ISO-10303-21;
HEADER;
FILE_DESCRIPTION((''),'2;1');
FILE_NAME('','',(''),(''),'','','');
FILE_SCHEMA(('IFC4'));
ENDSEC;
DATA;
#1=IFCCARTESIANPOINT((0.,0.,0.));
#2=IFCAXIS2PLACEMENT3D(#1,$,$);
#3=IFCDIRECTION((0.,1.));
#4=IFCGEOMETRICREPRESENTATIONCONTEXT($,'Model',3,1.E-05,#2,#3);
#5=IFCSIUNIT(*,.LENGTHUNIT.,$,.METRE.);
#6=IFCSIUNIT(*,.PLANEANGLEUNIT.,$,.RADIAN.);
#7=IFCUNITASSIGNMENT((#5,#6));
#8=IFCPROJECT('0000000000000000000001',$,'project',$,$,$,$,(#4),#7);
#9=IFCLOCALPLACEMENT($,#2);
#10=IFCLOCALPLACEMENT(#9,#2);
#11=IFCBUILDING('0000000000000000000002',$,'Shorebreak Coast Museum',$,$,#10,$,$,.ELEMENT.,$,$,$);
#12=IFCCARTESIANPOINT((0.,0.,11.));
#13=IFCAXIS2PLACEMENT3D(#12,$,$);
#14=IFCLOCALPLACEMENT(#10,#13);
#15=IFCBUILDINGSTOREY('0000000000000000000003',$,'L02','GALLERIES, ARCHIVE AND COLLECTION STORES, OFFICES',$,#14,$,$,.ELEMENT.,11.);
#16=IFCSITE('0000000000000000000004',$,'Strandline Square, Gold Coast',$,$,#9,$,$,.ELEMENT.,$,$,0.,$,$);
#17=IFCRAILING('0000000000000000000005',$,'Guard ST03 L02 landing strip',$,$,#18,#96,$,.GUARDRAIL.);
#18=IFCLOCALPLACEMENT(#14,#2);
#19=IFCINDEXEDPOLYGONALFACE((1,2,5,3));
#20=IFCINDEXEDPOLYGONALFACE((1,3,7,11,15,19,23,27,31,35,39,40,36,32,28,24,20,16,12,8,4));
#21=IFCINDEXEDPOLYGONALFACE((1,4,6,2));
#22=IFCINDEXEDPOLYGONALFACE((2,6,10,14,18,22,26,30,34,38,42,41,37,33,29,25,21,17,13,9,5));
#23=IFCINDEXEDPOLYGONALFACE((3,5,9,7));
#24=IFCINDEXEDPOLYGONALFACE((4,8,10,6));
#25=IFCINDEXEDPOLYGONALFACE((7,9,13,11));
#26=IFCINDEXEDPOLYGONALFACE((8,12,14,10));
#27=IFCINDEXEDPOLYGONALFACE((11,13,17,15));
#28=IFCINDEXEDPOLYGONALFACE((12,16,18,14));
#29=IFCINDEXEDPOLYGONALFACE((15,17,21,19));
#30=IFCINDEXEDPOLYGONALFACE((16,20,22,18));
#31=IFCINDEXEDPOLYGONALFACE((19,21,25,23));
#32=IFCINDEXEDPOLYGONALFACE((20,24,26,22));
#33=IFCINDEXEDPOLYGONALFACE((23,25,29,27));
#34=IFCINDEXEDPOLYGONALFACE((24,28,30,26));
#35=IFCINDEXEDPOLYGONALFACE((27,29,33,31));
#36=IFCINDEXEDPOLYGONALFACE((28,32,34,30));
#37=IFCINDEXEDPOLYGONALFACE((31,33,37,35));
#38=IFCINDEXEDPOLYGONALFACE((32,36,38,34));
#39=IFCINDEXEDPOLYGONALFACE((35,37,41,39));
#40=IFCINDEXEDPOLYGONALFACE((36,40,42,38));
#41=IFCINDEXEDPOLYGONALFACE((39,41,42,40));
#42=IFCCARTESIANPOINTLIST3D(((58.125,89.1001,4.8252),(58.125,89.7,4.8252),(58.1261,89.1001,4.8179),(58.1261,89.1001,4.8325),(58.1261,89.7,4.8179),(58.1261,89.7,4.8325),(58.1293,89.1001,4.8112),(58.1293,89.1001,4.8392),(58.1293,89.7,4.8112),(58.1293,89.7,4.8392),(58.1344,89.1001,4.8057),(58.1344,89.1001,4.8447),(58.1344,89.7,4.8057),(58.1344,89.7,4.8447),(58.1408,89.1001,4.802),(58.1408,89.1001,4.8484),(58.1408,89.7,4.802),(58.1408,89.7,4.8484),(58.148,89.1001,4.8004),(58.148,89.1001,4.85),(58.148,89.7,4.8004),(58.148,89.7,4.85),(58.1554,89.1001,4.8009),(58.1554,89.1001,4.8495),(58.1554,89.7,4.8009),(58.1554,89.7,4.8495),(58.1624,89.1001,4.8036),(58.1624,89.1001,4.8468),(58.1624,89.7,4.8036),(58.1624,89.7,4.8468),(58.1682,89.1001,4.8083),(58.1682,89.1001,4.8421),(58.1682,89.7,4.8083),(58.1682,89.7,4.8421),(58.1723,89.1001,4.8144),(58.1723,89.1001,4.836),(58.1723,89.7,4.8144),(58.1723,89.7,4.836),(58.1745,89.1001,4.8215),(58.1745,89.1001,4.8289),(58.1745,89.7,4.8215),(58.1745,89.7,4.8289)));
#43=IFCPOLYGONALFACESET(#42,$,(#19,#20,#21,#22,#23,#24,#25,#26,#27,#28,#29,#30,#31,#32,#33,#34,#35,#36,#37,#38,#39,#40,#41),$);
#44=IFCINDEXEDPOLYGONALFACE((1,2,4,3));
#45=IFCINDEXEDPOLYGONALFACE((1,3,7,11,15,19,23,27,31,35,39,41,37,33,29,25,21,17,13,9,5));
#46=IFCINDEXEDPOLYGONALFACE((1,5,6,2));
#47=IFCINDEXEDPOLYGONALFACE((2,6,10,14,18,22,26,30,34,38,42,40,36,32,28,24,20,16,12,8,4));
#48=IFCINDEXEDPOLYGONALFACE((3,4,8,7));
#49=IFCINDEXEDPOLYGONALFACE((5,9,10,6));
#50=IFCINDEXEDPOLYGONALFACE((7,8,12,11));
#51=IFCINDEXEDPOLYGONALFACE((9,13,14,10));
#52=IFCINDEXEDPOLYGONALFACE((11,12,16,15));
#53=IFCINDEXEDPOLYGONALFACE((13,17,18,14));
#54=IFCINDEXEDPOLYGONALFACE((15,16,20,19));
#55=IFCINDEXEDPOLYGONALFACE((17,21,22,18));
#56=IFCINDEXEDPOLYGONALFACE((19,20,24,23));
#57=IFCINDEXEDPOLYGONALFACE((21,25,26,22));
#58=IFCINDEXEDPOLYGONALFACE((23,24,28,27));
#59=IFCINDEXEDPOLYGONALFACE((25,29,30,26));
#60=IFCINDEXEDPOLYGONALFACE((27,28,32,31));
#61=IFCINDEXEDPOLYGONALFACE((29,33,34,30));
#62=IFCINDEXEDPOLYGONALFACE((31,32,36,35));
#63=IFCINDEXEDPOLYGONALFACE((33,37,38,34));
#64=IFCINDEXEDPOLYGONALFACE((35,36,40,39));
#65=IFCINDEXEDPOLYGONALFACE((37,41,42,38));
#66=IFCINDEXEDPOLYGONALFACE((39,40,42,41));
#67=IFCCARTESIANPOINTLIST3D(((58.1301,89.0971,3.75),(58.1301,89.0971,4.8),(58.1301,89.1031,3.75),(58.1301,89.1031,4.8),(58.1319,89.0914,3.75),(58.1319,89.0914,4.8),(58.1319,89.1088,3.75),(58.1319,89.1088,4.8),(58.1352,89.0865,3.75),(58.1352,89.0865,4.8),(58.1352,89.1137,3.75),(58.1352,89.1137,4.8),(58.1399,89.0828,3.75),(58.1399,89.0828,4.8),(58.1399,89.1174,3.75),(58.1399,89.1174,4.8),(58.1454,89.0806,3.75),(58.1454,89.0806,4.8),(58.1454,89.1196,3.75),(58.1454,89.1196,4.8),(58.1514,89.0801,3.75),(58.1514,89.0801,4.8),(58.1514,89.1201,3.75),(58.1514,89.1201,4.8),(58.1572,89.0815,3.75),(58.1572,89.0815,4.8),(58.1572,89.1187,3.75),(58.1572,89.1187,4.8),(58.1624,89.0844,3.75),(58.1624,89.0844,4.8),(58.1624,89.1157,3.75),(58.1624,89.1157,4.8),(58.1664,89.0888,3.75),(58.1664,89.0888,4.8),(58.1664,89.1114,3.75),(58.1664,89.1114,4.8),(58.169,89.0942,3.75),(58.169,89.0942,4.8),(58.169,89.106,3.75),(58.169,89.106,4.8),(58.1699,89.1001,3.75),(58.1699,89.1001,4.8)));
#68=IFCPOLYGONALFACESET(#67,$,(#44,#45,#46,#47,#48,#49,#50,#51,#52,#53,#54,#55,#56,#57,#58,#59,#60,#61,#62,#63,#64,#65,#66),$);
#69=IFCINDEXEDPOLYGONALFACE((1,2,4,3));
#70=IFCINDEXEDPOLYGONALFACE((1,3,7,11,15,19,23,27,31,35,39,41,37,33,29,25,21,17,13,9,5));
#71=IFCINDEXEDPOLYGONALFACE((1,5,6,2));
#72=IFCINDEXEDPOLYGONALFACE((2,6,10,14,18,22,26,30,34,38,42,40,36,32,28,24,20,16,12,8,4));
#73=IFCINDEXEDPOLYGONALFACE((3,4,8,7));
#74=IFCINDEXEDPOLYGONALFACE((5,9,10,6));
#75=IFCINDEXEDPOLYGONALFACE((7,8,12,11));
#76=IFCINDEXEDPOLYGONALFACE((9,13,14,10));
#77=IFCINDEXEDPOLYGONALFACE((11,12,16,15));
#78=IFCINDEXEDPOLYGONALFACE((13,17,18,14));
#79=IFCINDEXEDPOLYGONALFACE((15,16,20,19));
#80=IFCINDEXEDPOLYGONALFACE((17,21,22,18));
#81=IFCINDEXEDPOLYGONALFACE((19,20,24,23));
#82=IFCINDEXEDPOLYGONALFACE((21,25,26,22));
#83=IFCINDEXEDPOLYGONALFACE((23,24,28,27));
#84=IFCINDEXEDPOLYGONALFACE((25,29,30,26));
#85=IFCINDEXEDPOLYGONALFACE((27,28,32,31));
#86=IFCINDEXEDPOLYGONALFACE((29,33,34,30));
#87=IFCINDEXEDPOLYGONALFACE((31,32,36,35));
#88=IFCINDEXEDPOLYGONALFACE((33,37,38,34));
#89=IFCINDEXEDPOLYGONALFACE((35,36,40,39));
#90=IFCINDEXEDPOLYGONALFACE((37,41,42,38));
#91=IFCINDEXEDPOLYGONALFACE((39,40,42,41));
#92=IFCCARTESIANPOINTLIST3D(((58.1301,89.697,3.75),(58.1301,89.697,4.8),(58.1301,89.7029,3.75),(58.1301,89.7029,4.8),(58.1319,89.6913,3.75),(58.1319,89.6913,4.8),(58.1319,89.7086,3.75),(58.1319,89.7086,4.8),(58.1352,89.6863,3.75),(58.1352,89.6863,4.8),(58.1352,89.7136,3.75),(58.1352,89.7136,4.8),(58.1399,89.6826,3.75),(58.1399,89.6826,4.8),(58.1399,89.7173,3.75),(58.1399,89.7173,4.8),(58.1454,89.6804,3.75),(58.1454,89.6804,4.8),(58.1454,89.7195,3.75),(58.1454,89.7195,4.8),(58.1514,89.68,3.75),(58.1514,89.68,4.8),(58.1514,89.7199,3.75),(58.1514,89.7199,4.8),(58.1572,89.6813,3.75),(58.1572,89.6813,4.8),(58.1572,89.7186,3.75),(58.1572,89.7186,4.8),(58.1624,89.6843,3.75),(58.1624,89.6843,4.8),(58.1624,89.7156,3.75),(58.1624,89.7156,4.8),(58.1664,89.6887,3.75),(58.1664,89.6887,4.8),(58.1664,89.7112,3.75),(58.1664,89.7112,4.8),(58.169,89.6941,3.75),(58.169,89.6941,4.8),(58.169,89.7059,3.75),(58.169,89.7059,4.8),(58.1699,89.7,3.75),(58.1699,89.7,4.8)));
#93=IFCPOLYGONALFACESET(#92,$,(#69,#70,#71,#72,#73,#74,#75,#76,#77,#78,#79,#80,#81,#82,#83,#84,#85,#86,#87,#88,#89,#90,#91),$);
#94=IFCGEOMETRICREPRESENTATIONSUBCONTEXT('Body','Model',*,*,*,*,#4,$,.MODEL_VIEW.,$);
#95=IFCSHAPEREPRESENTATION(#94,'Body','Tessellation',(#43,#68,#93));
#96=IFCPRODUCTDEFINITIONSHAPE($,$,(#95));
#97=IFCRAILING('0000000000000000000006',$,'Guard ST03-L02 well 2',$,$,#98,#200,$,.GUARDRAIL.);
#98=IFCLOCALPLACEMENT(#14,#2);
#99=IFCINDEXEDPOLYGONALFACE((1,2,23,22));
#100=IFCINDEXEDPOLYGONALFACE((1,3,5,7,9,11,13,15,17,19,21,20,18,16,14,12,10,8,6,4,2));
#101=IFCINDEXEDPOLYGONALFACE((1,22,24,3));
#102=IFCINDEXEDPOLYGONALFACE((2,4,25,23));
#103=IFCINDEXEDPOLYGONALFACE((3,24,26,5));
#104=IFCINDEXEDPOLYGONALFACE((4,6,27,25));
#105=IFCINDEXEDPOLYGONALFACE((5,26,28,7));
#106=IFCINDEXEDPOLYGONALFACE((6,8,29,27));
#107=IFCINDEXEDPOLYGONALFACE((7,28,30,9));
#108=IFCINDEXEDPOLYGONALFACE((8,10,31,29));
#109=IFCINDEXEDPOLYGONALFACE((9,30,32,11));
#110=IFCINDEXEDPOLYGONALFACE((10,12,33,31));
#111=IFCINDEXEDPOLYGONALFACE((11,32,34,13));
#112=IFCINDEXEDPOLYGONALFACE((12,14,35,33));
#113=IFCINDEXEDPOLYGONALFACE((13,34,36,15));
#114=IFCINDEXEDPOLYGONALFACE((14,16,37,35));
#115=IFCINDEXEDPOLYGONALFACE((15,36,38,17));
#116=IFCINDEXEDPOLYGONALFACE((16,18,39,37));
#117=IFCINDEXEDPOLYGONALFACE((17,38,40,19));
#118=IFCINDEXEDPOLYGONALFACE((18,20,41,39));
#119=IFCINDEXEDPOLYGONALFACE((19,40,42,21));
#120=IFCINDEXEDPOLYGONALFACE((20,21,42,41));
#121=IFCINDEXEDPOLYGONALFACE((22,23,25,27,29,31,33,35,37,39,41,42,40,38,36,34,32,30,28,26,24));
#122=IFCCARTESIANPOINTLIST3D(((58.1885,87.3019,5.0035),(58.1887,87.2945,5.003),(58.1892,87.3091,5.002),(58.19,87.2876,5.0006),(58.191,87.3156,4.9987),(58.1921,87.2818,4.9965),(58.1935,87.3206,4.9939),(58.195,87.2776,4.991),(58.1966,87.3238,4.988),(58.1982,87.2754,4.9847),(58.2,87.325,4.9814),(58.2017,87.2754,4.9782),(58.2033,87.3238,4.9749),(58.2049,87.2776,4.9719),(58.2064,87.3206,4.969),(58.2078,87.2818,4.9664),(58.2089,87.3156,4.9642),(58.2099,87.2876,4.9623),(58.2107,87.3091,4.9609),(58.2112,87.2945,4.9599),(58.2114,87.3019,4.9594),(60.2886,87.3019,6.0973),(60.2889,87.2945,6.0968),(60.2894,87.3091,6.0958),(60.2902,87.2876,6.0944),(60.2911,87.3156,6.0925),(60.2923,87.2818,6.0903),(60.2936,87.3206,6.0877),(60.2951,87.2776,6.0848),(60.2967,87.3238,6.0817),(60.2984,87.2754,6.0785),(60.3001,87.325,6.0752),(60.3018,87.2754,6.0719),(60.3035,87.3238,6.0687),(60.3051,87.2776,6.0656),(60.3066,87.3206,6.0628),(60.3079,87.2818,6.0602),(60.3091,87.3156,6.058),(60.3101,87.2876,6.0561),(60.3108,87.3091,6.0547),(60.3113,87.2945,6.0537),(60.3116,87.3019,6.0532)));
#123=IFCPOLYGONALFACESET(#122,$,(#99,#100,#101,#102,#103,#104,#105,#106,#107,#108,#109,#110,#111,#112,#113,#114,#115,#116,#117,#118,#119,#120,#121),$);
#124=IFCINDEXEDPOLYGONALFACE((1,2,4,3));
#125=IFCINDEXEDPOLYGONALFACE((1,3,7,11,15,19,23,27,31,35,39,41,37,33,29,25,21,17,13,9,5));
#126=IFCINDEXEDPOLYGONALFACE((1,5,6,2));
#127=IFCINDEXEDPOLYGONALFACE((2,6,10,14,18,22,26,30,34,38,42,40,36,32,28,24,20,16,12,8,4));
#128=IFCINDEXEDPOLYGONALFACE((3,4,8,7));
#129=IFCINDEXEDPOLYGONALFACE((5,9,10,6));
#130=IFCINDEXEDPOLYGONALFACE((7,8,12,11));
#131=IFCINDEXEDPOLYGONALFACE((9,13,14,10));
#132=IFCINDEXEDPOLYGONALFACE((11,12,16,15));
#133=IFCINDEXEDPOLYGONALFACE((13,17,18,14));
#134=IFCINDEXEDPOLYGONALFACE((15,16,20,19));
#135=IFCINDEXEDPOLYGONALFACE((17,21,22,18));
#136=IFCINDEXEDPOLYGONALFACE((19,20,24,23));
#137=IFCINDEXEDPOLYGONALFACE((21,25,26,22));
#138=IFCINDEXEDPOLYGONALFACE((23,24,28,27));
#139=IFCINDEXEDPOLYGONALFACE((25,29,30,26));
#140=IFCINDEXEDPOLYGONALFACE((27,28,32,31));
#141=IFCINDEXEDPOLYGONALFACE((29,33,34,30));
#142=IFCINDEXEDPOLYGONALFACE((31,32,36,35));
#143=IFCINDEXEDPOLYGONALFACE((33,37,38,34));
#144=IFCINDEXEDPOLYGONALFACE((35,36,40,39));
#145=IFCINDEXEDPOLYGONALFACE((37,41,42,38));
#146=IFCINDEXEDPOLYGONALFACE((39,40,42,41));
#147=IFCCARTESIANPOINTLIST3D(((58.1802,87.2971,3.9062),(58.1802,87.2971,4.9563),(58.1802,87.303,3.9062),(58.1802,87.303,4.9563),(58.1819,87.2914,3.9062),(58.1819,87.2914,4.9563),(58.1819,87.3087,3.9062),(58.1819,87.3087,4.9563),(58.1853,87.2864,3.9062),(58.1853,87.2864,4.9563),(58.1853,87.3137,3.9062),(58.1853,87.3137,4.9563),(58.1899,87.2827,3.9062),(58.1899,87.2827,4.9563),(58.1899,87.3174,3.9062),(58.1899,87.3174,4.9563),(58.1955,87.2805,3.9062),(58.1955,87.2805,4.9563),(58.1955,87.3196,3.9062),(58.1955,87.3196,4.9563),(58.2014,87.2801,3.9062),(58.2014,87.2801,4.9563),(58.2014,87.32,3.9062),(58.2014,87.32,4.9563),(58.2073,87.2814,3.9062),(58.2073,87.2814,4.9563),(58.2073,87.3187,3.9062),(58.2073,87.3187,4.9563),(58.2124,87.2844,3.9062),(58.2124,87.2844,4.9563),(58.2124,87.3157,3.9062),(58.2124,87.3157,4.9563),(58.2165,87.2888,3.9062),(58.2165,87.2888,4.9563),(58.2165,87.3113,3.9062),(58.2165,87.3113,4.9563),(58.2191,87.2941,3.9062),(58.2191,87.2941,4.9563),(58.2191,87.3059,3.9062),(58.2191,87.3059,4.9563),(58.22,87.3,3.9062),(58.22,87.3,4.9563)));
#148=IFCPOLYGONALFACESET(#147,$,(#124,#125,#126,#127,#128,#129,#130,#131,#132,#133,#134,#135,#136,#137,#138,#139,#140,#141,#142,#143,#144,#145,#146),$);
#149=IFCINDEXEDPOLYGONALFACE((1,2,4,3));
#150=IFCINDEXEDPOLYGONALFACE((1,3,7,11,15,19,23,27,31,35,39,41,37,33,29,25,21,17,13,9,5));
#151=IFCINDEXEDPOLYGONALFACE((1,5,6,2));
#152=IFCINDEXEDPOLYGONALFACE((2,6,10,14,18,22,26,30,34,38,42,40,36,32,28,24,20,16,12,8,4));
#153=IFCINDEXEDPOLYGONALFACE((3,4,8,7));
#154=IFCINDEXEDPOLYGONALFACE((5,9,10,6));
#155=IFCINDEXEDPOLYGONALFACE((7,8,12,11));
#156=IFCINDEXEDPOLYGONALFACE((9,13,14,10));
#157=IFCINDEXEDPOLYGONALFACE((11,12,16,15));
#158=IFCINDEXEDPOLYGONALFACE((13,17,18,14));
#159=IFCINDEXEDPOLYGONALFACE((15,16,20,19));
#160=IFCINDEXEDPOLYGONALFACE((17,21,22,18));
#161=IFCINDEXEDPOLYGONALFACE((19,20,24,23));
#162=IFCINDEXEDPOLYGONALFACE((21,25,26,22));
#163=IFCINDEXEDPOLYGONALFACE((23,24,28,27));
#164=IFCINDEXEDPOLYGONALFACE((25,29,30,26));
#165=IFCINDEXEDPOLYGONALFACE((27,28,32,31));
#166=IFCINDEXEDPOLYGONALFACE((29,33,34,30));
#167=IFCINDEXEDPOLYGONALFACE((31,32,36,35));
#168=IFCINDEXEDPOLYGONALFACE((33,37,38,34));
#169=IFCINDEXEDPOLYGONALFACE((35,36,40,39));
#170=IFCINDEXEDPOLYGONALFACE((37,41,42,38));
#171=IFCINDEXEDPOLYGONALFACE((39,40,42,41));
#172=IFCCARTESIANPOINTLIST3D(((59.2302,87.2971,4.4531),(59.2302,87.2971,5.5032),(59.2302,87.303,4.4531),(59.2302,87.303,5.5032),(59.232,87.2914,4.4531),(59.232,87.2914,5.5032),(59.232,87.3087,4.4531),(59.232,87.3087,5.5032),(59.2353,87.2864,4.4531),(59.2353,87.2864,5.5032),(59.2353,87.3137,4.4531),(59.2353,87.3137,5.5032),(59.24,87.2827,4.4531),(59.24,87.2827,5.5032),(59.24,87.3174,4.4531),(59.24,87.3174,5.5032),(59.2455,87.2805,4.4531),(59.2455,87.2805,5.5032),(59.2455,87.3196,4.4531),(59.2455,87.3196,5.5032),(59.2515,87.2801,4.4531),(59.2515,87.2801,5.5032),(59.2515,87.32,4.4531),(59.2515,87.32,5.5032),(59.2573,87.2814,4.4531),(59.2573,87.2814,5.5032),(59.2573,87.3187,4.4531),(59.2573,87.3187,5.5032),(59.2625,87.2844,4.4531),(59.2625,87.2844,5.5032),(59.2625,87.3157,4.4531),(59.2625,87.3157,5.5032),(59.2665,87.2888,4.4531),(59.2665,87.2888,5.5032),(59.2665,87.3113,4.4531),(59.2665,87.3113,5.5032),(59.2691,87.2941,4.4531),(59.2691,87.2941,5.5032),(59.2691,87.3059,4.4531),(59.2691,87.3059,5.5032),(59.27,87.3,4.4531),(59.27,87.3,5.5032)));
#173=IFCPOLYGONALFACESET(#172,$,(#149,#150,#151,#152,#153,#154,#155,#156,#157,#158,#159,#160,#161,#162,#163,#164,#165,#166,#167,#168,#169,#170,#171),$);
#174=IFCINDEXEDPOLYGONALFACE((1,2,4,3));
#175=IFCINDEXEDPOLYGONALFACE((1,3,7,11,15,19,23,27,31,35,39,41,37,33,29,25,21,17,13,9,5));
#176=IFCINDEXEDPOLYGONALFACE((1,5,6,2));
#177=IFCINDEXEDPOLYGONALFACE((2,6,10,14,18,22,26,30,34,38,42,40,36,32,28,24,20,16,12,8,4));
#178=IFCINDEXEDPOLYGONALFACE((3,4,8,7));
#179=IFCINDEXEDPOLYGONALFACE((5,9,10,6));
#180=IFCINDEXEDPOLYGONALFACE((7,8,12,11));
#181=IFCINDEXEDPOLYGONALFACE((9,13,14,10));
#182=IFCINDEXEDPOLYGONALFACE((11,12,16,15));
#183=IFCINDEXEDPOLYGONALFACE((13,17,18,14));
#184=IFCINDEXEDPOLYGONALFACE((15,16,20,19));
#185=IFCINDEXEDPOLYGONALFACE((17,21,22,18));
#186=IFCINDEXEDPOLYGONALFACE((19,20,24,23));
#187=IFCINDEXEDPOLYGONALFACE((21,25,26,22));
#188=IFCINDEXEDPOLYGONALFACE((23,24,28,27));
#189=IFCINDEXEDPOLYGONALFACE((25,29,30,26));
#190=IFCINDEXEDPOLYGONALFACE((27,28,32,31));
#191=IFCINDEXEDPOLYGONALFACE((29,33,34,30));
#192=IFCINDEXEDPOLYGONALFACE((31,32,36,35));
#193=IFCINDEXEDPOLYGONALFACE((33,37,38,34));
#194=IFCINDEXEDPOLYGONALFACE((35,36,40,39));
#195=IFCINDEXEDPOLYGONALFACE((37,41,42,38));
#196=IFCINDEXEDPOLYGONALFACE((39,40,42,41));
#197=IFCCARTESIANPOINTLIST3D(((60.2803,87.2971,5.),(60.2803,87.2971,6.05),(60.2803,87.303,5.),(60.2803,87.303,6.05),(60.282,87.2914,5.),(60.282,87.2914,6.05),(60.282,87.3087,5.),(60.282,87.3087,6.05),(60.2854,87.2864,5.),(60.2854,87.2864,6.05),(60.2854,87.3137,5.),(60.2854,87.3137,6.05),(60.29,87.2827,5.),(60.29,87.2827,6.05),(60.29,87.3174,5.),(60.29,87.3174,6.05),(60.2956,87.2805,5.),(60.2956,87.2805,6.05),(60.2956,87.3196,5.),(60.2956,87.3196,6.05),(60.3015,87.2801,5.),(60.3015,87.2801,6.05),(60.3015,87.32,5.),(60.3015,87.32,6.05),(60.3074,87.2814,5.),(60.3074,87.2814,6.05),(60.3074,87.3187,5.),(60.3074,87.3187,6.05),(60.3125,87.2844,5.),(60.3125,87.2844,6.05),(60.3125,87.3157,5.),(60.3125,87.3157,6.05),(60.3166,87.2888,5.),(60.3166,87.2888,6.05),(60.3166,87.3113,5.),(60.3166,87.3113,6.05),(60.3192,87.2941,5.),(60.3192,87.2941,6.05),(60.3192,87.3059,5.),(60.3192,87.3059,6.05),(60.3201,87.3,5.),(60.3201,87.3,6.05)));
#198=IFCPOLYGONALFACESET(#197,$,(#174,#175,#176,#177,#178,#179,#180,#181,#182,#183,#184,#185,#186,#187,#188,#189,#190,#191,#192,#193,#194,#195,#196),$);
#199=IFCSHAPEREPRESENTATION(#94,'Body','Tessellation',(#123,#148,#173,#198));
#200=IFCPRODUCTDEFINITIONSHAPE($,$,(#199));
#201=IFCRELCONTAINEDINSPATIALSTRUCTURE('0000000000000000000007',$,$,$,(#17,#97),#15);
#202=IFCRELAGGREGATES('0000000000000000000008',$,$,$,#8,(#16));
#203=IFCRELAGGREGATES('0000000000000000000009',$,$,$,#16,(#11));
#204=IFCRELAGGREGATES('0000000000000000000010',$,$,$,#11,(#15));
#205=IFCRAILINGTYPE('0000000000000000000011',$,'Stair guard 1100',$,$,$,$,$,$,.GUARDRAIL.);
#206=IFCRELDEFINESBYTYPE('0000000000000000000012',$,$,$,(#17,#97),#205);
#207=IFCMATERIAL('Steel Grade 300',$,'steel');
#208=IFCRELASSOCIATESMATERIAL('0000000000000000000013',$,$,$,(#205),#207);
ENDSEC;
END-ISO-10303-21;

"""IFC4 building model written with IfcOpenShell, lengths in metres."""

from ifc_helpers import new_model, si_unit, direction, frame, origin, origin_2d, place, context, subcontext, project, spatial, circle, extrude, material, type_object, element, save


model = new_model("IFC4")

# Units and contexts
model_context = context("Model", 3, precision=1e-05, world=origin(), true_north=direction((0.0, 1.0)))
body_context = subcontext(model_context, "Body", "Model", "MODEL_VIEW")
ifc_project = project(units=[si_unit("LENGTHUNIT", "METRE"), si_unit("PLANEANGLEUNIT", "RADIAN")], contexts=[model_context])

# Site, building, storey
site_placement = place(None, origin())
site = spatial("IfcSite", under=ifc_project, at=site_placement, Name="Strandline Square, Gold Coast", CompositionType="ELEMENT", RefElevation=0.0)
building_placement = place(site_placement, origin())
building = spatial("IfcBuilding", under=site, at=building_placement, Name="Shorebreak Coast Museum", CompositionType="ELEMENT")
storey_placement = place(building_placement, frame((0.0, 0.0, 11.0)))
storey = spatial("IfcBuildingStorey", under=building, at=storey_placement, Name="L02", Description="GALLERIES, ARCHIVE AND COLLECTION STORES, OFFICES", CompositionType="ELEMENT", Elevation=11.0)

# Railings
ifc_material_1 = material(Name="Steel Grade 300", Category="steel")
railing_type_1 = type_object("IfcRailingType", Name="Stair guard 1100", PredefinedType="GUARDRAIL", material=ifc_material_1)
for number, where, name in (
    (1, (58.1499, 89.1001, 3.75), "Guard ST03 L02 landing strip"),
):
    element("IfcRailing", number, at=place(storey_placement, frame(where)), inside=storey, type_object=railing_type_1, Name=name, PredefinedType="GUARDRAIL", context=body_context, shape_type="SweptSolid", body=[
        extrude(circle(Radius=0.0249, at=origin_2d()), frame((0.0, 0.0, 1.0752), z_axis=(0.0, 1.0, 0.0), x_axis=(-1.0, 0.0, 0.0)), (0.0, 0.0, 1.0), 0.5999),
        extrude(circle(Radius=0.02, at=origin_2d()), origin(), (0.0, 0.0, 1.0), 1.05),
        extrude(circle(Radius=0.02, at=origin_2d()), frame((0.0, 0.5999, 0.0)), (0.0, 0.0, 1.0), 1.05),
    ])
railing_1_placement = place(storey_placement, frame((58.2, 87.3, 3.9062)))
element("IfcRailing", 2, at=railing_1_placement, inside=storey, type_object=railing_type_1, Name="Guard ST03-L02 well 2", PredefinedType="GUARDRAIL", context=body_context, shape_type="SweptSolid", body=[
    extrude(circle(Radius=0.0249, at=origin_2d()), frame((0.0, 0.0, 1.0752), z_axis=(0.886923, 0.0, 0.461918), x_axis=(0.0, 1.0, 0.0)), (0.0, 0.0, 1.0), 2.3679),
    extrude(circle(Radius=0.02, at=origin_2d()), origin(), (0.0, 0.0, 1.0), 1.05),
    extrude(circle(Radius=0.02, at=origin_2d()), frame((1.05, 0.0, 0.5469)), (0.0, 0.0, 1.0), 1.05),
    extrude(circle(Radius=0.02, at=origin_2d()), frame((2.1001, 0.0, 1.0938)), (0.0, 0.0, 1.0), 1.05),
])

save(model, "model.ifc")
